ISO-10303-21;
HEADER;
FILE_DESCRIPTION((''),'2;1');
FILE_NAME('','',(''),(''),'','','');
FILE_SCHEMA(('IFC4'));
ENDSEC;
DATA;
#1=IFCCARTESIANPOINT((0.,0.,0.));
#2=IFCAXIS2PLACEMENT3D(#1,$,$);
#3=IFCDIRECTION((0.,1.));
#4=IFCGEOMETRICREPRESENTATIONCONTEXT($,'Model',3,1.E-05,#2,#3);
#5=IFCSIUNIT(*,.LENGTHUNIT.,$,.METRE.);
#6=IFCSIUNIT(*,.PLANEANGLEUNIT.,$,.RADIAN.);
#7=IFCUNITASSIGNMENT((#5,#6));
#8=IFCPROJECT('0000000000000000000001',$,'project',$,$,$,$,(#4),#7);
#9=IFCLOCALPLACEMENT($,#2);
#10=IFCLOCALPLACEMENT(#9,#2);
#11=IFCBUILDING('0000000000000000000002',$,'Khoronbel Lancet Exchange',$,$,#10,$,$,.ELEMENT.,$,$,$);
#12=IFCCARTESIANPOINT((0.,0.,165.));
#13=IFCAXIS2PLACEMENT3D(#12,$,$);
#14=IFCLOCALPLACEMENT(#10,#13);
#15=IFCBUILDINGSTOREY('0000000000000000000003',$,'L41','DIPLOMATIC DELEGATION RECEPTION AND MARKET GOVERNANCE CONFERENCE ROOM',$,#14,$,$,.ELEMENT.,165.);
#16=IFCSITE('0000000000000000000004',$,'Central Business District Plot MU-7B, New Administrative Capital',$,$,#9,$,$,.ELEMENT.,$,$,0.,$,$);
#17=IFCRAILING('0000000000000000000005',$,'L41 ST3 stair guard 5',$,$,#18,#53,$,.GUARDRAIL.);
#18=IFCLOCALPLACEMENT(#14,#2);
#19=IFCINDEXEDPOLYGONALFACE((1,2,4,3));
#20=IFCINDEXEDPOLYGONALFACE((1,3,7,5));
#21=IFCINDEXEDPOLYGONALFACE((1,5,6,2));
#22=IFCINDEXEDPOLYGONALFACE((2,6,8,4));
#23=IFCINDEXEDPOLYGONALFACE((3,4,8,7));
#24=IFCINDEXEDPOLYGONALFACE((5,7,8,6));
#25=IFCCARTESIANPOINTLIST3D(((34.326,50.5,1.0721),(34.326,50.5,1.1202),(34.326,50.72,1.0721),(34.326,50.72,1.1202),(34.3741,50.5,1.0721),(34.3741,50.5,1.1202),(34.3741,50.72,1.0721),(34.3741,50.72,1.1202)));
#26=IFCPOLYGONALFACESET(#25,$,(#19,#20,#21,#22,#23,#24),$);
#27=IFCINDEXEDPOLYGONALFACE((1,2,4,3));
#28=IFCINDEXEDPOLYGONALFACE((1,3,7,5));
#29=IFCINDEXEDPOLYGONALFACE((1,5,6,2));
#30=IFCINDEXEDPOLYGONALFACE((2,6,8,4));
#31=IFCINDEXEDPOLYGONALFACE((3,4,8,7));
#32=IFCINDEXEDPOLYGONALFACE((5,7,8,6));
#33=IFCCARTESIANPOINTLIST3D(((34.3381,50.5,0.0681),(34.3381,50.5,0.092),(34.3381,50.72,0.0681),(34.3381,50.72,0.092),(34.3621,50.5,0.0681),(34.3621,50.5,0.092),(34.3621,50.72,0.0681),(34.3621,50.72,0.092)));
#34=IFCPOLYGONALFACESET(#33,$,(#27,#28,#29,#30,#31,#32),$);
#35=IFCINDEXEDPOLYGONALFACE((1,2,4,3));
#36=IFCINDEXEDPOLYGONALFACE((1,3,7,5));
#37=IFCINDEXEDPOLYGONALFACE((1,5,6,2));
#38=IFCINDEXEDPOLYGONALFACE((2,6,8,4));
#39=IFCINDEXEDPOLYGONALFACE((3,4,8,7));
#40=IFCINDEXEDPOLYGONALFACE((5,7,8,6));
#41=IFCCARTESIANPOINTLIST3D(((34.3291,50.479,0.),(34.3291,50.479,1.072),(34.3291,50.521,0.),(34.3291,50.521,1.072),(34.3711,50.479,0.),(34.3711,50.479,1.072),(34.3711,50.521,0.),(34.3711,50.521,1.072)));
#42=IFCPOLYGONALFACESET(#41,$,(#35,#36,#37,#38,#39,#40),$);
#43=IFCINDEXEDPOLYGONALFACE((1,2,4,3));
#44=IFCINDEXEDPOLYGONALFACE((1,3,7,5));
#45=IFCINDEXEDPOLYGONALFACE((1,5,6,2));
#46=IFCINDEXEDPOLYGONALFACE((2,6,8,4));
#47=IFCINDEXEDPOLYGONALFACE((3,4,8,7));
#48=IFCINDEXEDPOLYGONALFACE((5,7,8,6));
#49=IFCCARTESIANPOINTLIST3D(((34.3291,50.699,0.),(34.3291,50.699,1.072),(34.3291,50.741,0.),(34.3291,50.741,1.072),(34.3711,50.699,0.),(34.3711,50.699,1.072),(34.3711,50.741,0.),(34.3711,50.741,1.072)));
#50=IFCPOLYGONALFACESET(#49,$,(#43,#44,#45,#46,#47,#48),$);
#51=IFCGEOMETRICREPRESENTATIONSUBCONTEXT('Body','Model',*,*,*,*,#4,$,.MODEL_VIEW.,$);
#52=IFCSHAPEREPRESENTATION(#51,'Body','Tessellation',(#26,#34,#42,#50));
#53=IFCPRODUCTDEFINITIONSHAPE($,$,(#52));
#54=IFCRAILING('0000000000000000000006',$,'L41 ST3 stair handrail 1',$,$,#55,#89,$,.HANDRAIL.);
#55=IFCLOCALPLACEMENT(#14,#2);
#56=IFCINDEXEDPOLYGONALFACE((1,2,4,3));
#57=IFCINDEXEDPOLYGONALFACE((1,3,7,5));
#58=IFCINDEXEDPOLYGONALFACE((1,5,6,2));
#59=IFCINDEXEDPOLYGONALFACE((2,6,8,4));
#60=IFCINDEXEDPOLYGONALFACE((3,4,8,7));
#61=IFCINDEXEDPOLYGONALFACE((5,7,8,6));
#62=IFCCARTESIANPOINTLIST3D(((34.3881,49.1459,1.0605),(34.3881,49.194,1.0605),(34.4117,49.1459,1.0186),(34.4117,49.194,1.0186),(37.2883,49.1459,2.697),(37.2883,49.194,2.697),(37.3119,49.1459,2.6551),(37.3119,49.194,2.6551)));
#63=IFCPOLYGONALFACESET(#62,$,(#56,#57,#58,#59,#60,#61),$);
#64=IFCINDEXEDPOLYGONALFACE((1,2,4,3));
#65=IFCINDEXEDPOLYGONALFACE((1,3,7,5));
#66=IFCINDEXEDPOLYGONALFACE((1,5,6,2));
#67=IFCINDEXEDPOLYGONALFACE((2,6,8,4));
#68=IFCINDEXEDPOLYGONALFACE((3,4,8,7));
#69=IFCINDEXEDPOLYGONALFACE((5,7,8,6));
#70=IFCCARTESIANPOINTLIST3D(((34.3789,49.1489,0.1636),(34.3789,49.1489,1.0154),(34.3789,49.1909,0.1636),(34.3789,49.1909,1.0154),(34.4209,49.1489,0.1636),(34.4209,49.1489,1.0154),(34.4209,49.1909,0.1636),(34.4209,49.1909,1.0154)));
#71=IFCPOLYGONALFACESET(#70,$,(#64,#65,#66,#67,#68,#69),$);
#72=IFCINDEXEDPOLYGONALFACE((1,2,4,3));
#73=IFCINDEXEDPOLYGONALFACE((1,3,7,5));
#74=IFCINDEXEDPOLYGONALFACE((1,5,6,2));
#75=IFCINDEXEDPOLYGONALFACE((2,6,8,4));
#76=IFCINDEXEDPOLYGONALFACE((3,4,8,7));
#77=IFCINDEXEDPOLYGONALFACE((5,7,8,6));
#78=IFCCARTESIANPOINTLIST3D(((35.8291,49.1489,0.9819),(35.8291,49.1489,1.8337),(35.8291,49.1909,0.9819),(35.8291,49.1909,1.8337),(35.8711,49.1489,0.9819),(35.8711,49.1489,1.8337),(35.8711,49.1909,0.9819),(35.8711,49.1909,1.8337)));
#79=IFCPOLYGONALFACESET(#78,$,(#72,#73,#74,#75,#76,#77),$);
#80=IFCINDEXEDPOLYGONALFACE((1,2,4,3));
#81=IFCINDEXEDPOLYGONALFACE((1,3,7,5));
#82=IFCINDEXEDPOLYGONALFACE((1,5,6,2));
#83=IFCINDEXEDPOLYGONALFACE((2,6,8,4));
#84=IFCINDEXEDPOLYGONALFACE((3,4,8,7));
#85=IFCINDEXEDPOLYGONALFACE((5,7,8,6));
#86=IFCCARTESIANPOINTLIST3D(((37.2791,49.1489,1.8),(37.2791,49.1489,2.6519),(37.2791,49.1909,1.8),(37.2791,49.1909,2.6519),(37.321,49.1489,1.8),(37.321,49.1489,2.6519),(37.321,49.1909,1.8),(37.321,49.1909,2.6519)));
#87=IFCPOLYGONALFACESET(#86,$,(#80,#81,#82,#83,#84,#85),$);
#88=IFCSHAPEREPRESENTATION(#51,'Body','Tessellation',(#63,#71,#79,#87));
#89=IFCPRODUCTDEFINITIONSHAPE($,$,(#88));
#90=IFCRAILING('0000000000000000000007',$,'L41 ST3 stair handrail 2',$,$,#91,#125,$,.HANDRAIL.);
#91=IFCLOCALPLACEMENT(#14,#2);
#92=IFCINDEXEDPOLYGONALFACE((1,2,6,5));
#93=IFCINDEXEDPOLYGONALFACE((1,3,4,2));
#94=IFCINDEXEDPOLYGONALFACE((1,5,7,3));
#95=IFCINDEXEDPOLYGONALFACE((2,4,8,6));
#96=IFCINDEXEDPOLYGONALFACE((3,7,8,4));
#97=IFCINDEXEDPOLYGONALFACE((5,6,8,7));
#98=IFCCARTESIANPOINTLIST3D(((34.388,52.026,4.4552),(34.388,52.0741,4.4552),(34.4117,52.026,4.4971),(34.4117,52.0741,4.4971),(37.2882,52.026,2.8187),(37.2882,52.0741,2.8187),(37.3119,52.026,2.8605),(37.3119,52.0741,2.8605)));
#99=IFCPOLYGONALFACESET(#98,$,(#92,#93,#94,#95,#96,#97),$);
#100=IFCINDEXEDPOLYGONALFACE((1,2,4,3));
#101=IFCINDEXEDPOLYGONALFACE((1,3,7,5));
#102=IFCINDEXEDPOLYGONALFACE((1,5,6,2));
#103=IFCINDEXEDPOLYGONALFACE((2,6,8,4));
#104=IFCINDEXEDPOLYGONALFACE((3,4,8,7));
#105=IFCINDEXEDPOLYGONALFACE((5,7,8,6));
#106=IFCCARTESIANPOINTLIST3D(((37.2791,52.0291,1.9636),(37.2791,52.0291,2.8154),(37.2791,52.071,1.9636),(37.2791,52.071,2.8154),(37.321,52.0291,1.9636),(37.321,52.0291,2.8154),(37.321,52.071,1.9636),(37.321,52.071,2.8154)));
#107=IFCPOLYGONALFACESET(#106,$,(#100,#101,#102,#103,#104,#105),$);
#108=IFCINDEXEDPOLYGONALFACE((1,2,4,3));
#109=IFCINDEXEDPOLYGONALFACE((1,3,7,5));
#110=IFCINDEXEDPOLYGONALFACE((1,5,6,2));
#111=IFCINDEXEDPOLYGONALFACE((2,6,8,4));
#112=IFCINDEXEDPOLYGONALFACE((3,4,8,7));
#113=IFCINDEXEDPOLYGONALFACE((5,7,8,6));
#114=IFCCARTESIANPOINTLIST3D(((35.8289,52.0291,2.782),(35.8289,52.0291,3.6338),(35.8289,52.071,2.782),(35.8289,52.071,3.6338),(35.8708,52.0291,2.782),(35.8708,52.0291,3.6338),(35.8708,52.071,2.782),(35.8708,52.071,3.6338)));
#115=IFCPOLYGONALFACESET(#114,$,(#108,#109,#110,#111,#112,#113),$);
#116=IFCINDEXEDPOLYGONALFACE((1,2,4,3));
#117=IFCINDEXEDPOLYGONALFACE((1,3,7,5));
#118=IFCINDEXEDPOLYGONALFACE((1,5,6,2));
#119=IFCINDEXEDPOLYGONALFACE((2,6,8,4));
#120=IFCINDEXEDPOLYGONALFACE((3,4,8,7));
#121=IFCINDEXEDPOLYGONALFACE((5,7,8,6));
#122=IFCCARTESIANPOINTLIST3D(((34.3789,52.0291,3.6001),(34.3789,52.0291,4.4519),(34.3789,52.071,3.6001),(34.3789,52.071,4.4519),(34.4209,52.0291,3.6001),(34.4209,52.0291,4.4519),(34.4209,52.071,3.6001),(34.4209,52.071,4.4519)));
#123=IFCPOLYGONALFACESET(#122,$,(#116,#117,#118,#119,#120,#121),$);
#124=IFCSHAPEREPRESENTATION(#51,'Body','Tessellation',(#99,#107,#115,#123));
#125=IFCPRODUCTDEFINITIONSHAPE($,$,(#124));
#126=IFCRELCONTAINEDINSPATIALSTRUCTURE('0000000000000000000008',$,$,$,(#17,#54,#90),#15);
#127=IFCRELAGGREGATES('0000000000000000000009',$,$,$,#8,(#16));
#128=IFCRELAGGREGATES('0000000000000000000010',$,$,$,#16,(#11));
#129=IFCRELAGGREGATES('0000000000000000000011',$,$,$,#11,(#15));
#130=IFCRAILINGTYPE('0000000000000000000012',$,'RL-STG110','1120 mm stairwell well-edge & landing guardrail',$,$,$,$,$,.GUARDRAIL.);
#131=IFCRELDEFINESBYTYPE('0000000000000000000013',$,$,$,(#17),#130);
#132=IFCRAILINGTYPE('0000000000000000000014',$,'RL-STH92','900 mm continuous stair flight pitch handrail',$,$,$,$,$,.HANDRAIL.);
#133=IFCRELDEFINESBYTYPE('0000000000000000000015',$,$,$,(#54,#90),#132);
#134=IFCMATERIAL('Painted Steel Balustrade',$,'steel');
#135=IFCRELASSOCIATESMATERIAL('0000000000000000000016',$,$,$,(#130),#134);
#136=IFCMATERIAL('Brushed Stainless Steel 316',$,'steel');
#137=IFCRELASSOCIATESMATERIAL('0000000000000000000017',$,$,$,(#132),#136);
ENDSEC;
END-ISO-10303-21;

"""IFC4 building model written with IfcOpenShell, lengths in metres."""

from ifc_helpers import new_model, si_unit, direction, frame, origin, origin_2d, place, context, subcontext, project, spatial, rectangle, extrude, material, type_object, element, save


model = new_model("IFC4")

# Units and contexts
model_context = context("Model", 3, precision=1e-05, world=origin(), true_north=direction((0.0, 1.0)))
body_context = subcontext(model_context, "Body", "Model", "MODEL_VIEW")
ifc_project = project(units=[si_unit("LENGTHUNIT", "METRE"), si_unit("PLANEANGLEUNIT", "RADIAN")], contexts=[model_context])

# Site, building, storey
site_placement = place(None, origin())
site = spatial("IfcSite", under=ifc_project, at=site_placement, Name="Central Business District Plot MU-7B, New Administrative Capital", CompositionType="ELEMENT", RefElevation=0.0)
building_placement = place(site_placement, origin())
building = spatial("IfcBuilding", under=site, at=building_placement, Name="Khoronbel Lancet Exchange", CompositionType="ELEMENT")
storey_placement = place(building_placement, frame((0.0, 0.0, 165.0)))
storey = spatial("IfcBuildingStorey", under=building, at=storey_placement, Name="L41", Description="DIPLOMATIC DELEGATION RECEPTION AND MARKET GOVERNANCE CONFERENCE ROOM", CompositionType="ELEMENT", Elevation=165.0)

# Railings
ifc_material_1 = material(Name="Painted Steel Balustrade", Category="steel")
railing_type_1 = type_object("IfcRailingType", Name="RL-STG110", Description="1120 mm stairwell well-edge & landing guardrail", PredefinedType="GUARDRAIL", material=ifc_material_1)
railing_1_placement = place(storey_placement, frame((34.3501, 50.5, 0.0)))
element("IfcRailing", 1, at=railing_1_placement, inside=storey, type_object=railing_type_1, Name="L41 ST3 stair guard 5", PredefinedType="GUARDRAIL", context=body_context, shape_type="SweptSolid", body=[
    extrude(rectangle(XDim=0.0481, YDim=0.0481, at=origin_2d()), frame((0.0, 0.0, 1.0962), z_axis=(0.0, 1.0, 0.0), x_axis=(-1.0, 0.0, 0.0)), (0.0, 0.0, 1.0), 0.22),
    extrude(rectangle(XDim=0.0239, YDim=0.0239, at=origin_2d()), frame((0.0, 0.0, 0.0801), z_axis=(0.0, 1.0, 0.0), x_axis=(-1.0, 0.0, 0.0)), (0.0, 0.0, 1.0), 0.22),
    extrude(rectangle(XDim=0.042, YDim=0.042, at=origin_2d()), origin(), (0.0, 0.0, 1.0), 1.072),
    extrude(rectangle(XDim=0.042, YDim=0.042, at=origin_2d()), frame((0.0, 0.22, 0.0)), (0.0, 0.0, 1.0), 1.072),
])
ifc_material_2 = material(Name="Brushed Stainless Steel 316", Category="steel")
railing_type_2 = type_object("IfcRailingType", Name="RL-STH92", Description="900 mm continuous stair flight pitch handrail", PredefinedType="HANDRAIL", material=ifc_material_2)
railing_2_placement = place(storey_placement, frame((34.3999, 49.1699, 0.1636)))
element("IfcRailing", 2, at=railing_2_placement, inside=storey, type_object=railing_type_2, Name="L41 ST3 stair handrail 1", PredefinedType="HANDRAIL", context=body_context, shape_type="SweptSolid", body=[
    extrude(rectangle(XDim=0.0481, YDim=0.0481, at=origin_2d()), frame((0.0, 0.0, 0.876), z_axis=(0.870915, 0.0, 0.491434), x_axis=(0.0, 1.0, 0.0)), (0.0, 0.0, 1.0), 3.3301),
    extrude(rectangle(XDim=0.042, YDim=0.042, at=origin_2d()), origin(), (0.0, 0.0, 1.0), 0.8518),
    extrude(rectangle(XDim=0.042, YDim=0.042, at=origin_2d()), frame((1.4502, 0.0, 0.8184)), (0.0, 0.0, 1.0), 0.8518),
    extrude(rectangle(XDim=0.042, YDim=0.042, at=origin_2d()), frame((2.9001, 0.0, 1.6365)), (0.0, 0.0, 1.0), 0.8518),
])
railing_3_placement = place(storey_placement, frame((37.3, 52.05, 1.9636)))
element("IfcRailing", 3, at=railing_3_placement, inside=storey, type_object=railing_type_2, Name="L41 ST3 stair handrail 2", PredefinedType="HANDRAIL", context=body_context, shape_type="SweptSolid", body=[
    extrude(rectangle(XDim=0.0481, YDim=0.0481, at=origin_2d()), frame((0.0, 0.0, 0.876), z_axis=(-0.870915, 0.0, 0.491434), x_axis=(0.0, -1.0, 0.0)), (0.0, 0.0, 1.0), 3.3301),
    extrude(rectangle(XDim=0.042, YDim=0.042, at=origin_2d()), origin(), (0.0, 0.0, 1.0), 0.8518),
    extrude(rectangle(XDim=0.042, YDim=0.042, at=origin_2d()), frame((-1.4502, 0.0, 0.8184)), (0.0, 0.0, 1.0), 0.8518),
    extrude(rectangle(XDim=0.042, YDim=0.042, at=origin_2d()), frame((-2.9001, 0.0, 1.6365)), (0.0, 0.0, 1.0), 0.8518),
])

save(model, "model.ifc")
